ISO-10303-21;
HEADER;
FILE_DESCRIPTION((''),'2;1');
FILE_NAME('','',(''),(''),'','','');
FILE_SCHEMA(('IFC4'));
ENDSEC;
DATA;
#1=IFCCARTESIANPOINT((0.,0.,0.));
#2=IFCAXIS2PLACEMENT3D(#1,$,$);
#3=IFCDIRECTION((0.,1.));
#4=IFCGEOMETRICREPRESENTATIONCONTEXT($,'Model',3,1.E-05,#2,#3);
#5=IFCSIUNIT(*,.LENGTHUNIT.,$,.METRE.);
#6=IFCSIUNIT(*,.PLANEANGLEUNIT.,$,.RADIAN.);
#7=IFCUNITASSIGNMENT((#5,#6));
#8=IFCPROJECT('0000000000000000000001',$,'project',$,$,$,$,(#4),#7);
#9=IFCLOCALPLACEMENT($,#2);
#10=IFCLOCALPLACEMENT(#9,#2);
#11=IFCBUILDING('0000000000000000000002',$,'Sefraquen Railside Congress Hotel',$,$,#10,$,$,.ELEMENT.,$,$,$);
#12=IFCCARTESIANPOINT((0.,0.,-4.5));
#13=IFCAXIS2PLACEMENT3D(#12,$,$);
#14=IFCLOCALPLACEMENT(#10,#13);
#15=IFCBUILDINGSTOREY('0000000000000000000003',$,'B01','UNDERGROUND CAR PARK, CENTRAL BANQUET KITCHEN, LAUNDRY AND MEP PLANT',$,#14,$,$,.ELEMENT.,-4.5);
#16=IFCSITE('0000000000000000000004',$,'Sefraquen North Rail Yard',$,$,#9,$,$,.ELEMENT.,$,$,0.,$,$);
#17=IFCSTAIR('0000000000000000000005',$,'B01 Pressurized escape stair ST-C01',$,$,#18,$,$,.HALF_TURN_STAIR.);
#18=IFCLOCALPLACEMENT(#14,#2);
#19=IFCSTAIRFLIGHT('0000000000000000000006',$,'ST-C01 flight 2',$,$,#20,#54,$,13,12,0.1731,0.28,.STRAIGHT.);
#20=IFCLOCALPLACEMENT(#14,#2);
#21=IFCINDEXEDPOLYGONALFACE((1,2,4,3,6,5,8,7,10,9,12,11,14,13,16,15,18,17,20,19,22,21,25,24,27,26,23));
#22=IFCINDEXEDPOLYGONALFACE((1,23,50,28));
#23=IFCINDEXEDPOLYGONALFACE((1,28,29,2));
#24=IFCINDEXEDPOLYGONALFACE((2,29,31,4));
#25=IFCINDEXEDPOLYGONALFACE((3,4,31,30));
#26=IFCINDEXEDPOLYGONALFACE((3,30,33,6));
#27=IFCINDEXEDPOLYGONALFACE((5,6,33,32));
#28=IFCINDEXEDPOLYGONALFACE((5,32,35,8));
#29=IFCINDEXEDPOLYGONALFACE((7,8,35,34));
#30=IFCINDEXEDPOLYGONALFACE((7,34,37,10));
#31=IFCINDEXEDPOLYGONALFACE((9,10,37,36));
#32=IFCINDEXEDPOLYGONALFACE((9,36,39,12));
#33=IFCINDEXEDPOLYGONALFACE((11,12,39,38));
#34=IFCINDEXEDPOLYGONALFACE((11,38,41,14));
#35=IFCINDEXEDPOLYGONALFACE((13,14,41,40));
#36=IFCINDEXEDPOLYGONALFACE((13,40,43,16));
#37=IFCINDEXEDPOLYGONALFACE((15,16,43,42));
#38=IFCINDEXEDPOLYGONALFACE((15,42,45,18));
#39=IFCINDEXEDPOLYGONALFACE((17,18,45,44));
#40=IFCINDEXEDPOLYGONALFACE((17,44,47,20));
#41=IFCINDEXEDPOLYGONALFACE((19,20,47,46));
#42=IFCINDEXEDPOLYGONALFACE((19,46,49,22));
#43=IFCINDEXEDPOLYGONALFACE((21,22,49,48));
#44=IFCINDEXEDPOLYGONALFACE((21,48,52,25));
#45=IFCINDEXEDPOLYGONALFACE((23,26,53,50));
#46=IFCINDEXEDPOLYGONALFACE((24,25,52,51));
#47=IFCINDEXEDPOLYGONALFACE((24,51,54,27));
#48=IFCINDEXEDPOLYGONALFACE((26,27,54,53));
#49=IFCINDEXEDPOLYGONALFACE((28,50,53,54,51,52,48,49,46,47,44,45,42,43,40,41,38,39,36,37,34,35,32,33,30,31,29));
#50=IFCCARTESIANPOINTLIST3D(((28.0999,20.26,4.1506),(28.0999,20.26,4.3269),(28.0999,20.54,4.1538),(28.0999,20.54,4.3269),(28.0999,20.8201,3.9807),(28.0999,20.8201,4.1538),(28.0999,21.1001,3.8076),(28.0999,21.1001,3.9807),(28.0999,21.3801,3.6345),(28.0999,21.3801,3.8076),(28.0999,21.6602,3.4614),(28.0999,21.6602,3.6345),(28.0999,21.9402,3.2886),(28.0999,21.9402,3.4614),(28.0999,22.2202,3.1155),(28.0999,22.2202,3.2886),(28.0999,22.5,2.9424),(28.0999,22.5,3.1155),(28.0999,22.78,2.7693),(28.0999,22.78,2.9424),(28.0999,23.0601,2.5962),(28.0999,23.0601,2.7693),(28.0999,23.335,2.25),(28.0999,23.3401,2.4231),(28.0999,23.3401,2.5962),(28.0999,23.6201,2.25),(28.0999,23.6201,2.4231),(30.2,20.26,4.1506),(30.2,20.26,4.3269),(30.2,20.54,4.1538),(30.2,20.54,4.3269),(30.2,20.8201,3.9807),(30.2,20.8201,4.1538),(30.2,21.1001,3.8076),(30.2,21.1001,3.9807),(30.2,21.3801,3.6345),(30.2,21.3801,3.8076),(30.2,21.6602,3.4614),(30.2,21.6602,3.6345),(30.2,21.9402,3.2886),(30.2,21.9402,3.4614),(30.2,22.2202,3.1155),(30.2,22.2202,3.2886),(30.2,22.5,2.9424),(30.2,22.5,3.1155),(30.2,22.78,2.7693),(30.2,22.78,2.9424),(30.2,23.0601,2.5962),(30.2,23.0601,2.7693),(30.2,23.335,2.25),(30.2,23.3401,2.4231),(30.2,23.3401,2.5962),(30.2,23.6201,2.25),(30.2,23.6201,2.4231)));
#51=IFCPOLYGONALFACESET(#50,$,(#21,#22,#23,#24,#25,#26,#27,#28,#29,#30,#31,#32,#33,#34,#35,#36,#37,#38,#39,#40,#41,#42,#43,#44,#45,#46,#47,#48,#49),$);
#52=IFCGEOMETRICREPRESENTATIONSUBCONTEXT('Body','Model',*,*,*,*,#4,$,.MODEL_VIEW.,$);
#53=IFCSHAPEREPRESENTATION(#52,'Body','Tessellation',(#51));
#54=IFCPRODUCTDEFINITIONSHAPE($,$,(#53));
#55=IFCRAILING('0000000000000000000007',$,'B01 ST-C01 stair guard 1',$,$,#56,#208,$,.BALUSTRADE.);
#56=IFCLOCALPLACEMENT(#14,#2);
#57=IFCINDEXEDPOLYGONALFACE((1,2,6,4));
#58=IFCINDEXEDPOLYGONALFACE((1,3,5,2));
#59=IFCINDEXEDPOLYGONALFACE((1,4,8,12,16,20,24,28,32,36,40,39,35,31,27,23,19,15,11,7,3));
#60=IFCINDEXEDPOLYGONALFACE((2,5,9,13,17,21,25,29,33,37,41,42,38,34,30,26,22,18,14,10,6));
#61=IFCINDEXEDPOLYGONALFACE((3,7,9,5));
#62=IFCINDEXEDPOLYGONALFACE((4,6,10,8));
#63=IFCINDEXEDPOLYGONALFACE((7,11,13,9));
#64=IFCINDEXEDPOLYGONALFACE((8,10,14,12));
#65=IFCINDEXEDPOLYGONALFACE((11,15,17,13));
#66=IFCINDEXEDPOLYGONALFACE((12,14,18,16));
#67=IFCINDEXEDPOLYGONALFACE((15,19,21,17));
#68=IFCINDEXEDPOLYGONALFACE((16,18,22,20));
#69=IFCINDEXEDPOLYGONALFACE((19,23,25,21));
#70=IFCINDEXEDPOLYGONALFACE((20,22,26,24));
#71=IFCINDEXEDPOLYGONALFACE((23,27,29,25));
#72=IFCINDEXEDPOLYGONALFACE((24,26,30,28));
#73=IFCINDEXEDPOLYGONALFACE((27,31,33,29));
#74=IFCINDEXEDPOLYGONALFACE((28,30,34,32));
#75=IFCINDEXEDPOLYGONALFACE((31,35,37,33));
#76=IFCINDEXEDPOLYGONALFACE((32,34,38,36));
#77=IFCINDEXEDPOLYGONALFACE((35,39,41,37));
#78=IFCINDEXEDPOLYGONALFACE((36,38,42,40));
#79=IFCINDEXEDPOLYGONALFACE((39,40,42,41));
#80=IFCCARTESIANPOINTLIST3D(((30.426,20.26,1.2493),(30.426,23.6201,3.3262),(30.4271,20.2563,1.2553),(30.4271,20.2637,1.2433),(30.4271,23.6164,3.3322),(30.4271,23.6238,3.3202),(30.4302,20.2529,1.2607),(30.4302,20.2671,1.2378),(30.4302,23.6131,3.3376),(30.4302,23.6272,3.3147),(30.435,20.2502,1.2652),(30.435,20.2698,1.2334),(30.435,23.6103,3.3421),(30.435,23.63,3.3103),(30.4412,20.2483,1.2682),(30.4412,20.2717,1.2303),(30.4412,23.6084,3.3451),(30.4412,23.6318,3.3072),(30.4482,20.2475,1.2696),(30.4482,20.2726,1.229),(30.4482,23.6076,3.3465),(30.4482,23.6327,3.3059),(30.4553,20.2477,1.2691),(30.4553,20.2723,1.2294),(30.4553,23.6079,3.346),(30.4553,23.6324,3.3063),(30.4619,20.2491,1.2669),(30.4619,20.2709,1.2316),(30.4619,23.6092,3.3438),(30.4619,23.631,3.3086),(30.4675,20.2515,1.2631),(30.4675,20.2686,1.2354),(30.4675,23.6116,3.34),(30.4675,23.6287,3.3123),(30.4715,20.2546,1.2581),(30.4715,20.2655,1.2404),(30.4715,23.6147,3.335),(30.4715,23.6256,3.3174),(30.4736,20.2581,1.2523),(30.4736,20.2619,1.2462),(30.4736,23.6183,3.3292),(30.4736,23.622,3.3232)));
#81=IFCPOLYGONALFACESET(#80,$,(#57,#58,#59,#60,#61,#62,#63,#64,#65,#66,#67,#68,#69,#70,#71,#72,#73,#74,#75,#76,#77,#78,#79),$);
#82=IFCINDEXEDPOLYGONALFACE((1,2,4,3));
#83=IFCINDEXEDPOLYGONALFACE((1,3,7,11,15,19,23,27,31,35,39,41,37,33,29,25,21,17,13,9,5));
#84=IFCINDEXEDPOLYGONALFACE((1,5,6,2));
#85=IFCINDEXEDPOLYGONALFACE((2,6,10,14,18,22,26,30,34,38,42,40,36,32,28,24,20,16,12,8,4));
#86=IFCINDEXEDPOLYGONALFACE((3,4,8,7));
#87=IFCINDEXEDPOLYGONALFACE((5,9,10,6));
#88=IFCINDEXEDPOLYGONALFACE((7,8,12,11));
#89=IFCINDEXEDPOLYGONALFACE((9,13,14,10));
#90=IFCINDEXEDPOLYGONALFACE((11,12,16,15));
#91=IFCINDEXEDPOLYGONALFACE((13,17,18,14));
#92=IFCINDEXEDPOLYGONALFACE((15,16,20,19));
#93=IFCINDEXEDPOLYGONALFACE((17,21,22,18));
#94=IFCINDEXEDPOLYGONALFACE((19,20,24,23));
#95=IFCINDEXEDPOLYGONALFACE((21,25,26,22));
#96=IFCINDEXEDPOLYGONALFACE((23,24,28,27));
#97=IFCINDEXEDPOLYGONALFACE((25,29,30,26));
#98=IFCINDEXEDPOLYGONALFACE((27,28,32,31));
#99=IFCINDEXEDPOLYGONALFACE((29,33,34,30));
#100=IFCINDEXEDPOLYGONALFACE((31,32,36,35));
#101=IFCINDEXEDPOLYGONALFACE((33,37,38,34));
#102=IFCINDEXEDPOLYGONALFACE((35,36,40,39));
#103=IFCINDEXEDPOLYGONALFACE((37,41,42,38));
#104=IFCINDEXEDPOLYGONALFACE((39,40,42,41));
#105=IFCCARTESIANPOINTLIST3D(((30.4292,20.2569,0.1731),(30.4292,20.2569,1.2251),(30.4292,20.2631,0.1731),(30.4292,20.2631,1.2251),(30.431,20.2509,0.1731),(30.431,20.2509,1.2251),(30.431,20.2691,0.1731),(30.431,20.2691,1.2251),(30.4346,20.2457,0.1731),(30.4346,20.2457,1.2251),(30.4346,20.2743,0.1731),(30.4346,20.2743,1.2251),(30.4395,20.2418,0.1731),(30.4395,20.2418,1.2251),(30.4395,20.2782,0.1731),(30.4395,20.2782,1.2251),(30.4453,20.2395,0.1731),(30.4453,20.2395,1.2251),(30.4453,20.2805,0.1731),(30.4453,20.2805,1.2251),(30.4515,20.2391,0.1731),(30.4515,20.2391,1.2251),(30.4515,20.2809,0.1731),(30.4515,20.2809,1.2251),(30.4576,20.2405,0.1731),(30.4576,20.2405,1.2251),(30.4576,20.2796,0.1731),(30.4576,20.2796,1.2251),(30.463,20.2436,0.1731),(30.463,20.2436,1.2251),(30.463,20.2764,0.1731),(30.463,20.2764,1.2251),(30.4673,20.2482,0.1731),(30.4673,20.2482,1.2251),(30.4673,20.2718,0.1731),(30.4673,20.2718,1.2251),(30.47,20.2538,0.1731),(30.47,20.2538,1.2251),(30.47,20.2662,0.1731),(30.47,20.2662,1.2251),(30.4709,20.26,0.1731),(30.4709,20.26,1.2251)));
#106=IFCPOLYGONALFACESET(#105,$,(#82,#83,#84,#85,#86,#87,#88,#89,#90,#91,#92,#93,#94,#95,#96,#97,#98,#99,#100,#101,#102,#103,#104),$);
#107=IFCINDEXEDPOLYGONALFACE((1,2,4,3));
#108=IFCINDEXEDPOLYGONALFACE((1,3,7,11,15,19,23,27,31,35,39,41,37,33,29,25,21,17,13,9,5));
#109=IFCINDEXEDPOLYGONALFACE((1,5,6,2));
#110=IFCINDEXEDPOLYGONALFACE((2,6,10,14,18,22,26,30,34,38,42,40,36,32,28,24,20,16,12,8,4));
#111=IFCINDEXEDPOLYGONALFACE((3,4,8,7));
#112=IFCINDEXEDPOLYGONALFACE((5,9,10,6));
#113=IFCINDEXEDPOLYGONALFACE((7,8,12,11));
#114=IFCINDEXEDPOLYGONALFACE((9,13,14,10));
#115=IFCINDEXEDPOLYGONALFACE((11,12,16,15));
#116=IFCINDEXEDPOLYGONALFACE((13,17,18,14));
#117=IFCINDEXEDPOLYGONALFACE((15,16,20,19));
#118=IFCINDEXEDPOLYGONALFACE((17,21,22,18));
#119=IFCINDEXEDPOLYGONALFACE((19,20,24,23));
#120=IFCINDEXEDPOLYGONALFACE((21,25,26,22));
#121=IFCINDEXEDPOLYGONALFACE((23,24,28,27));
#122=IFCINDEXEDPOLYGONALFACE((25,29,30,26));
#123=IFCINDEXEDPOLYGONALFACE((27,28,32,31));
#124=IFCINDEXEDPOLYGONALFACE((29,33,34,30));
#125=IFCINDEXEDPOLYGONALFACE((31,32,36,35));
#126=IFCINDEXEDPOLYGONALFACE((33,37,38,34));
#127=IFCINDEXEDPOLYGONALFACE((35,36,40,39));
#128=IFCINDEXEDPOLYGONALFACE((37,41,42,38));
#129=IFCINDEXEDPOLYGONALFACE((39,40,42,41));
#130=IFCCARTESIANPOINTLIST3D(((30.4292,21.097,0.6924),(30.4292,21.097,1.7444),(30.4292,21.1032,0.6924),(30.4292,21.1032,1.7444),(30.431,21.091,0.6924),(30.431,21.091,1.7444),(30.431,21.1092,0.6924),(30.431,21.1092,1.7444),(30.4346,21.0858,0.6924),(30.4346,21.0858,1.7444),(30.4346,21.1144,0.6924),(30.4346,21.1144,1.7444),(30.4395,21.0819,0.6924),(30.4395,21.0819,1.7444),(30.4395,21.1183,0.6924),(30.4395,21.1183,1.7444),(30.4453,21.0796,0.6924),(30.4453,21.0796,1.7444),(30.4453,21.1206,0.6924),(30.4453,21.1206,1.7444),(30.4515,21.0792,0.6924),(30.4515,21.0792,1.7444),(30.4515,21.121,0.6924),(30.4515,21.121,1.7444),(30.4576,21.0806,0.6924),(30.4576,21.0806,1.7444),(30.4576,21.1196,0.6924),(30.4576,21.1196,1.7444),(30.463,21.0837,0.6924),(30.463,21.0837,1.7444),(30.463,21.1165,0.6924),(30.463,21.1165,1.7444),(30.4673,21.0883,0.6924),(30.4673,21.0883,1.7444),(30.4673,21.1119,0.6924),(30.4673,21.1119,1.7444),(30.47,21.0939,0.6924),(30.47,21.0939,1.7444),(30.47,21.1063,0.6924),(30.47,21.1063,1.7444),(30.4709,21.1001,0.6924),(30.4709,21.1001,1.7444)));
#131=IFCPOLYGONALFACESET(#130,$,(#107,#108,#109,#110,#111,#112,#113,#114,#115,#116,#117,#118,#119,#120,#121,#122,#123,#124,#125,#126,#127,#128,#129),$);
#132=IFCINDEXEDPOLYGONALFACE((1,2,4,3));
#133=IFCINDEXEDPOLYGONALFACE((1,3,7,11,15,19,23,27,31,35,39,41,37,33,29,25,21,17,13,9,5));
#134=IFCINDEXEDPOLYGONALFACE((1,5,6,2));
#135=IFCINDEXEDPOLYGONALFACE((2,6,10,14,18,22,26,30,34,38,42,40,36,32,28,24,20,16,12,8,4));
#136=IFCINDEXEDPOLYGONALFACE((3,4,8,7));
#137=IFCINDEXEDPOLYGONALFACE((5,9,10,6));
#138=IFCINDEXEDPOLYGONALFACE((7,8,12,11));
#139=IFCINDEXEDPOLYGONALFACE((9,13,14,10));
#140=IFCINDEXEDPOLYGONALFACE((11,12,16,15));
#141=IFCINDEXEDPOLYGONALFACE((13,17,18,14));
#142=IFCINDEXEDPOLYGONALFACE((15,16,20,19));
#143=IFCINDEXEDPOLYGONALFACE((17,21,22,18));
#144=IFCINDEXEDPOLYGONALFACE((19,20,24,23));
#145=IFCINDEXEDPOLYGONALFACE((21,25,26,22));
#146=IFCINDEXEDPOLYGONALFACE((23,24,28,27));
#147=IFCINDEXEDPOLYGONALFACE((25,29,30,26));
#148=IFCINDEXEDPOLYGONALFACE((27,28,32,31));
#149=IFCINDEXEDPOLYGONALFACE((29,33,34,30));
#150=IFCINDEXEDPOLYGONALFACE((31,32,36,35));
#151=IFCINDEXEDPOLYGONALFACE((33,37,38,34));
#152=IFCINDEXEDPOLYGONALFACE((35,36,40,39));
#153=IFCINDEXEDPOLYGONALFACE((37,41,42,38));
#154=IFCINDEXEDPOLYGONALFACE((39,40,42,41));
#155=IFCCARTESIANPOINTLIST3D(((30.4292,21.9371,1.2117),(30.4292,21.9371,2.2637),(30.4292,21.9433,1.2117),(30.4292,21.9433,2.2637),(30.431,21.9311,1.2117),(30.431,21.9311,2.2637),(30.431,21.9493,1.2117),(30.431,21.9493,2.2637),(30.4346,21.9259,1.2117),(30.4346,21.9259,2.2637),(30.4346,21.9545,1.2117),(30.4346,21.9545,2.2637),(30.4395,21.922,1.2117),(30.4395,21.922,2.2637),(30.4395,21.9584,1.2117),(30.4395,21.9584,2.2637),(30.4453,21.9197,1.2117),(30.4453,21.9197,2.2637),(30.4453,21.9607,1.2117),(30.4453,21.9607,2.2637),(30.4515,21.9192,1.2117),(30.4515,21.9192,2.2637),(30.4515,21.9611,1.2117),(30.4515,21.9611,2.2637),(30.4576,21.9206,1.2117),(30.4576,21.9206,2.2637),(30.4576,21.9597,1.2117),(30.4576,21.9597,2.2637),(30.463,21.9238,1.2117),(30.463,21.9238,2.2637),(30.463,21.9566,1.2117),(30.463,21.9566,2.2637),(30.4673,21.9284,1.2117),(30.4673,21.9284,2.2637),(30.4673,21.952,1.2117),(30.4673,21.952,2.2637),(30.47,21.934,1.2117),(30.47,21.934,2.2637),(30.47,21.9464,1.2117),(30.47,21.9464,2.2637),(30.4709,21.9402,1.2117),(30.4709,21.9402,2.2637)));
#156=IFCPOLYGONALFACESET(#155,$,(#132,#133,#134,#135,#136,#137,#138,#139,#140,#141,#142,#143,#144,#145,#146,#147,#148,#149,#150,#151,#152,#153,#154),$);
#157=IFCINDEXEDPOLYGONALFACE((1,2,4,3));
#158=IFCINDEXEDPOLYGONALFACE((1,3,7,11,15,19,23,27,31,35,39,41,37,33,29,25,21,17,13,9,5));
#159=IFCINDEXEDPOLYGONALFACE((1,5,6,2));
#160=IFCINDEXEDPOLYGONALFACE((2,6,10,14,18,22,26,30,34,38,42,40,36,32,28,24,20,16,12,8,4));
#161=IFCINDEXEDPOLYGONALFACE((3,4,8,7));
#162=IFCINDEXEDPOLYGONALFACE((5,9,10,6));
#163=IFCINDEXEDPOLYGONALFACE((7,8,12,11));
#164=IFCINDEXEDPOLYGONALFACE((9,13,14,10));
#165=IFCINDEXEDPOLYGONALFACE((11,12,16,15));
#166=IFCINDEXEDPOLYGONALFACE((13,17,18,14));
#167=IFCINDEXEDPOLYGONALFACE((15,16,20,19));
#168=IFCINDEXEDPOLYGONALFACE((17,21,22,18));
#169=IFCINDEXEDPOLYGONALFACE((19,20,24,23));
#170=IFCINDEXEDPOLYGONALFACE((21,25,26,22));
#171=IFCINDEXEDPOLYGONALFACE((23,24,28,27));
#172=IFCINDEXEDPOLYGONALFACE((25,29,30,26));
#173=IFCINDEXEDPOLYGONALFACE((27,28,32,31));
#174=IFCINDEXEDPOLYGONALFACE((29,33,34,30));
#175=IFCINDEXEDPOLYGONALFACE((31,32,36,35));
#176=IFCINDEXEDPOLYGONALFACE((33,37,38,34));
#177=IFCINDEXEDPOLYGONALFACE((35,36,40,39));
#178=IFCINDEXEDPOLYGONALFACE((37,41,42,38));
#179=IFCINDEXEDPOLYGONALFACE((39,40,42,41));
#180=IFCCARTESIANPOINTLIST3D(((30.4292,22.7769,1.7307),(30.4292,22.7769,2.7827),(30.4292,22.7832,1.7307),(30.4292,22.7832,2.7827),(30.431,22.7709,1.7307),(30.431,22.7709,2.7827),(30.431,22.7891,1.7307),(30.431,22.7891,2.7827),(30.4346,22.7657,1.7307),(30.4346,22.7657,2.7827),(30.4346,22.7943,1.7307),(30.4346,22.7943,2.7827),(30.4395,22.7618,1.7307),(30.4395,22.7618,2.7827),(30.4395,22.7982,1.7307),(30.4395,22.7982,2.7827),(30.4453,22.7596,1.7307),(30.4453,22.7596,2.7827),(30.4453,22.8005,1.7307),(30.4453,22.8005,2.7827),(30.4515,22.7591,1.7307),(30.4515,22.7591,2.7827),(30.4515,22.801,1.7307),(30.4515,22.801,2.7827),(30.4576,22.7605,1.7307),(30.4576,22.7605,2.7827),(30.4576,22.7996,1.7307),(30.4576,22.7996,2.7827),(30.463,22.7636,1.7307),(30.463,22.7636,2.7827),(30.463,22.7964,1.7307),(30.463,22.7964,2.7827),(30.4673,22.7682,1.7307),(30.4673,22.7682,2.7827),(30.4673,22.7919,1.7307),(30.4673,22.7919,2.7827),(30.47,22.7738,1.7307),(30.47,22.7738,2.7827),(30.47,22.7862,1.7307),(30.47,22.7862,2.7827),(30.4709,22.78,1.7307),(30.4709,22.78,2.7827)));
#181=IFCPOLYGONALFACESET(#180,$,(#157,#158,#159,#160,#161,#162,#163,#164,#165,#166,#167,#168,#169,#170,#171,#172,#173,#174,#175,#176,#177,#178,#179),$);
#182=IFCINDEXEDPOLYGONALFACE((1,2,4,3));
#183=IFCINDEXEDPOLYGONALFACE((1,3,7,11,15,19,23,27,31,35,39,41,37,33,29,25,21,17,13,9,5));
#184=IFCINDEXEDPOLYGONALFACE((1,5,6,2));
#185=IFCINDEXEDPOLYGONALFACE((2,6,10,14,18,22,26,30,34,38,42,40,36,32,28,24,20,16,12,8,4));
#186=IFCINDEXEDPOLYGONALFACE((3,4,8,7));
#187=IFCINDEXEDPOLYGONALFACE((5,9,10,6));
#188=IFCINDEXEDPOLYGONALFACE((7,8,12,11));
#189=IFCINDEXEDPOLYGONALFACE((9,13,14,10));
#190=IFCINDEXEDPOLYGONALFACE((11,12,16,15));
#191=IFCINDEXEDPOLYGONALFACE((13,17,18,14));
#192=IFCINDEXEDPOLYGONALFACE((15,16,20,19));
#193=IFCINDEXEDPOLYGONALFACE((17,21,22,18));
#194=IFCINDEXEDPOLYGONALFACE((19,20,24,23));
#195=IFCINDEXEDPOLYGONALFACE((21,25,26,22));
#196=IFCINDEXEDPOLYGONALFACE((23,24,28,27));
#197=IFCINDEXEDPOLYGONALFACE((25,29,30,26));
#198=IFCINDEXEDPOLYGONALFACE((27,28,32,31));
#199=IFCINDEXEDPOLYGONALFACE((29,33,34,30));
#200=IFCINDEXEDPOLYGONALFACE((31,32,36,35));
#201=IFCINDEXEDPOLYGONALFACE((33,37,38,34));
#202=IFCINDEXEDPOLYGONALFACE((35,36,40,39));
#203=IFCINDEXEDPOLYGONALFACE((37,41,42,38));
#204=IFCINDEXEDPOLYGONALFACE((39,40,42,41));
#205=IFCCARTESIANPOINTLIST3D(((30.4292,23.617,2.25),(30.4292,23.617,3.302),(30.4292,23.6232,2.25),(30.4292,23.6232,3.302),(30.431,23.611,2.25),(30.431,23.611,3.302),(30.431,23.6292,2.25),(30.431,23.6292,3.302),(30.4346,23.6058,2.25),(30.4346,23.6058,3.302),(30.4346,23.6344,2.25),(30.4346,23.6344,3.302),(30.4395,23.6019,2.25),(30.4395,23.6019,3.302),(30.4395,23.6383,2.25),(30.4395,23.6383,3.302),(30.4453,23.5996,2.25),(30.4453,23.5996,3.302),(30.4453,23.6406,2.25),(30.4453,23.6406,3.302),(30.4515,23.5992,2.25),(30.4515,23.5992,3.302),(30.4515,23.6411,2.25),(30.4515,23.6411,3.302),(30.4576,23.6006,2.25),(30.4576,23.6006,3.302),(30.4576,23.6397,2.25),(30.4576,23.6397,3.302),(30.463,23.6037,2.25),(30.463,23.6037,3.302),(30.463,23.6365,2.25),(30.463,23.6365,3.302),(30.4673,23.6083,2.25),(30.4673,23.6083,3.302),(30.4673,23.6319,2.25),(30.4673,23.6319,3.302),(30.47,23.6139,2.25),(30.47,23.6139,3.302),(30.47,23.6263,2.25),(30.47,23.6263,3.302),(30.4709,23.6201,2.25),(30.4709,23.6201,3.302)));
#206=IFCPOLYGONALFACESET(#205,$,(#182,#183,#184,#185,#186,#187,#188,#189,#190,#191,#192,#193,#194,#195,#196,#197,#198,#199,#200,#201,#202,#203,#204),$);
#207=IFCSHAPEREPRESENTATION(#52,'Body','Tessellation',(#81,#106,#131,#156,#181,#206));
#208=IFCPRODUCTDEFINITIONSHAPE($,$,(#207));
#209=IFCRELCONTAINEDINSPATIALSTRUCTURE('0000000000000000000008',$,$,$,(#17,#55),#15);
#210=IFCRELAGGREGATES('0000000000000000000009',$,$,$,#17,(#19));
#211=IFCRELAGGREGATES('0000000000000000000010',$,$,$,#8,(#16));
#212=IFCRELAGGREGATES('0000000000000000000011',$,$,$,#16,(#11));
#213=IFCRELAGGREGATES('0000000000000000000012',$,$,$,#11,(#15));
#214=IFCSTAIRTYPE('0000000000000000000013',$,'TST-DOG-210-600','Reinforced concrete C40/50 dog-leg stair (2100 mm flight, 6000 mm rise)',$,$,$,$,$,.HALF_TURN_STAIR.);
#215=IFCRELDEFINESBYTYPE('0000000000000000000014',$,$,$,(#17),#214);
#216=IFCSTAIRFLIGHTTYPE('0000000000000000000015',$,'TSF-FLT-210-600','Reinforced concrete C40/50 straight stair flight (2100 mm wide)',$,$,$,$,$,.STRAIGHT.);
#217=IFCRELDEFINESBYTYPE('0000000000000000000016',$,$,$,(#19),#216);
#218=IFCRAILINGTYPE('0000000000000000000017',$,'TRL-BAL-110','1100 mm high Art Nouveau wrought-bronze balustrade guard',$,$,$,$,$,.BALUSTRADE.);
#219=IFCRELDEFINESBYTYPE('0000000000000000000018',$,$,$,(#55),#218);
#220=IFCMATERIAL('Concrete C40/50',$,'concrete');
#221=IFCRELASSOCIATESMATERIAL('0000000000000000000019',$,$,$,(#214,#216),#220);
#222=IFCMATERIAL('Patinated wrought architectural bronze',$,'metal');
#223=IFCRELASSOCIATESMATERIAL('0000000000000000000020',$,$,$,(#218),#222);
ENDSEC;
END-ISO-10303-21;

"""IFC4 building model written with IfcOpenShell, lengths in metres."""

from ifc_helpers import new_model, si_unit, direction, frame, origin, origin_2d, place, context, subcontext, project, spatial, polyline, circle, outline, extrude, material, type_object, element, aggregate, save


model = new_model("IFC4")

# Units and contexts
model_context = context("Model", 3, precision=1e-05, world=origin(), true_north=direction((0.0, 1.0)))
body_context = subcontext(model_context, "Body", "Model", "MODEL_VIEW")
ifc_project = project(units=[si_unit("LENGTHUNIT", "METRE"), si_unit("PLANEANGLEUNIT", "RADIAN")], contexts=[model_context])

# Site, building, storey
site_placement = place(None, origin())
site = spatial("IfcSite", under=ifc_project, at=site_placement, Name="Sefraquen North Rail Yard", CompositionType="ELEMENT", RefElevation=0.0)
building_placement = place(site_placement, origin())
building = spatial("IfcBuilding", under=site, at=building_placement, Name="Sefraquen Railside Congress Hotel", CompositionType="ELEMENT")
storey_placement = place(building_placement, frame((0.0, 0.0, -4.5)))
storey = spatial("IfcBuildingStorey", under=building, at=storey_placement, Name="B01", Description="UNDERGROUND CAR PARK, CENTRAL BANQUET KITCHEN, LAUNDRY AND MEP PLANT", CompositionType="ELEMENT", Elevation=-4.5)

# Stair, stair flight
ifc_material_1 = material(Name="Concrete C40/50", Category="concrete")
stair_type = type_object("IfcStairType", Name="TST-DOG-210-600", Description="Reinforced concrete C40/50 dog-leg stair (2100 mm flight, 6000 mm rise)", PredefinedType="HALF_TURN_STAIR", material=ifc_material_1)
stair_placement = place(storey_placement, origin())
stair = element("IfcStair", 1, at=stair_placement, inside=storey, type_object=stair_type, Name="B01 Pressurized escape stair ST-C01", PredefinedType="HALF_TURN_STAIR")
stair_flight_type = type_object("IfcStairFlightType", Name="TSF-FLT-210-600", Description="Reinforced concrete C40/50 straight stair flight (2100 mm wide)", PredefinedType="STRAIGHT", material=ifc_material_1)
stair_flight_1_placement = place(storey_placement, frame((29.1499, 23.6201, 2.25), z_axis=(0.0, 0.0, 1.0), x_axis=(0.0, -1.0, 0.0)))
stair_flight_1 = element("IfcStairFlight", 2, at=stair_flight_1_placement, type_object=stair_flight_type, Name="ST-C01 flight 2", NumberOfRisers=13, NumberOfTreads=12, PredefinedType="STRAIGHT", RiserHeight=0.1731, TreadLength=0.28, context=body_context, shape_type="SweptSolid", body=[
    extrude(outline(polyline([(0.0, 0.0), (0.0, 0.1731), (0.28, 0.1731), (0.28, 0.3462), (0.5601, 0.3462), (0.5601, 0.5193), (0.8401, 0.5193), (0.8401, 0.6924), (1.1201, 0.6924), (1.1201, 0.8655), (1.3999, 0.8655), (1.3999, 1.0386), (1.6799, 1.0386), (1.6799, 1.2114), (1.96, 1.2114), (1.96, 1.3845), (2.24, 1.3845), (2.24, 1.5576), (2.52, 1.5576), (2.52, 1.7307), (2.8, 1.7307), (2.8, 1.9038), (3.0801, 1.9038), (3.0801, 2.0769), (3.3601, 2.0769), (3.3601, 2.25), (3.3601, 1.9006), (0.2852, 0.0), (0.0, 0.0)])), frame((0.0, 1.05, 0.0), z_axis=(0.0, -1.0, 0.0), x_axis=(1.0, 0.0, 0.0)), (0.0, 0.0, 1.0), 2.1001),
])
aggregate(stair, [stair_flight_1])

# Railing
ifc_material_2 = material(Name="Patinated wrought architectural bronze", Category="metal")
railing_type_1 = type_object("IfcRailingType", Name="TRL-BAL-110", Description="1100 mm high Art Nouveau wrought-bronze balustrade guard", PredefinedType="BALUSTRADE", material=ifc_material_2)
railing_1_placement = place(storey_placement, frame((30.45, 20.26, 0.1731)))
element("IfcRailing", 3, at=railing_1_placement, inside=storey, type_object=railing_type_1, Name="B01 ST-C01 stair guard 1", PredefinedType="BALUSTRADE", context=body_context, shape_type="SweptSolid", body=[
    extrude(circle(Radius=0.0239, at=origin_2d()), frame((0.0, 0.0, 1.0762), z_axis=(0.0, 0.850623, 0.525776), x_axis=(-1.0, 0.0, 0.0)), (0.0, 0.0, 1.0), 3.9502),
    extrude(circle(Radius=0.021, at=origin_2d()), origin(), (0.0, 0.0, 1.0), 1.052),
    extrude(circle(Radius=0.021, at=origin_2d()), frame((0.0, 0.8401, 0.5193)), (0.0, 0.0, 1.0), 1.052),
    extrude(circle(Radius=0.021, at=origin_2d()), frame((0.0, 1.6802, 1.0386)), (0.0, 0.0, 1.0), 1.052),
    extrude(circle(Radius=0.021, at=origin_2d()), frame((0.0, 2.52, 1.5576)), (0.0, 0.0, 1.0), 1.052),
    extrude(circle(Radius=0.021, at=origin_2d()), frame((0.0, 3.3601, 2.0769)), (0.0, 0.0, 1.0), 1.052),
])

save(model, "model.ifc")
